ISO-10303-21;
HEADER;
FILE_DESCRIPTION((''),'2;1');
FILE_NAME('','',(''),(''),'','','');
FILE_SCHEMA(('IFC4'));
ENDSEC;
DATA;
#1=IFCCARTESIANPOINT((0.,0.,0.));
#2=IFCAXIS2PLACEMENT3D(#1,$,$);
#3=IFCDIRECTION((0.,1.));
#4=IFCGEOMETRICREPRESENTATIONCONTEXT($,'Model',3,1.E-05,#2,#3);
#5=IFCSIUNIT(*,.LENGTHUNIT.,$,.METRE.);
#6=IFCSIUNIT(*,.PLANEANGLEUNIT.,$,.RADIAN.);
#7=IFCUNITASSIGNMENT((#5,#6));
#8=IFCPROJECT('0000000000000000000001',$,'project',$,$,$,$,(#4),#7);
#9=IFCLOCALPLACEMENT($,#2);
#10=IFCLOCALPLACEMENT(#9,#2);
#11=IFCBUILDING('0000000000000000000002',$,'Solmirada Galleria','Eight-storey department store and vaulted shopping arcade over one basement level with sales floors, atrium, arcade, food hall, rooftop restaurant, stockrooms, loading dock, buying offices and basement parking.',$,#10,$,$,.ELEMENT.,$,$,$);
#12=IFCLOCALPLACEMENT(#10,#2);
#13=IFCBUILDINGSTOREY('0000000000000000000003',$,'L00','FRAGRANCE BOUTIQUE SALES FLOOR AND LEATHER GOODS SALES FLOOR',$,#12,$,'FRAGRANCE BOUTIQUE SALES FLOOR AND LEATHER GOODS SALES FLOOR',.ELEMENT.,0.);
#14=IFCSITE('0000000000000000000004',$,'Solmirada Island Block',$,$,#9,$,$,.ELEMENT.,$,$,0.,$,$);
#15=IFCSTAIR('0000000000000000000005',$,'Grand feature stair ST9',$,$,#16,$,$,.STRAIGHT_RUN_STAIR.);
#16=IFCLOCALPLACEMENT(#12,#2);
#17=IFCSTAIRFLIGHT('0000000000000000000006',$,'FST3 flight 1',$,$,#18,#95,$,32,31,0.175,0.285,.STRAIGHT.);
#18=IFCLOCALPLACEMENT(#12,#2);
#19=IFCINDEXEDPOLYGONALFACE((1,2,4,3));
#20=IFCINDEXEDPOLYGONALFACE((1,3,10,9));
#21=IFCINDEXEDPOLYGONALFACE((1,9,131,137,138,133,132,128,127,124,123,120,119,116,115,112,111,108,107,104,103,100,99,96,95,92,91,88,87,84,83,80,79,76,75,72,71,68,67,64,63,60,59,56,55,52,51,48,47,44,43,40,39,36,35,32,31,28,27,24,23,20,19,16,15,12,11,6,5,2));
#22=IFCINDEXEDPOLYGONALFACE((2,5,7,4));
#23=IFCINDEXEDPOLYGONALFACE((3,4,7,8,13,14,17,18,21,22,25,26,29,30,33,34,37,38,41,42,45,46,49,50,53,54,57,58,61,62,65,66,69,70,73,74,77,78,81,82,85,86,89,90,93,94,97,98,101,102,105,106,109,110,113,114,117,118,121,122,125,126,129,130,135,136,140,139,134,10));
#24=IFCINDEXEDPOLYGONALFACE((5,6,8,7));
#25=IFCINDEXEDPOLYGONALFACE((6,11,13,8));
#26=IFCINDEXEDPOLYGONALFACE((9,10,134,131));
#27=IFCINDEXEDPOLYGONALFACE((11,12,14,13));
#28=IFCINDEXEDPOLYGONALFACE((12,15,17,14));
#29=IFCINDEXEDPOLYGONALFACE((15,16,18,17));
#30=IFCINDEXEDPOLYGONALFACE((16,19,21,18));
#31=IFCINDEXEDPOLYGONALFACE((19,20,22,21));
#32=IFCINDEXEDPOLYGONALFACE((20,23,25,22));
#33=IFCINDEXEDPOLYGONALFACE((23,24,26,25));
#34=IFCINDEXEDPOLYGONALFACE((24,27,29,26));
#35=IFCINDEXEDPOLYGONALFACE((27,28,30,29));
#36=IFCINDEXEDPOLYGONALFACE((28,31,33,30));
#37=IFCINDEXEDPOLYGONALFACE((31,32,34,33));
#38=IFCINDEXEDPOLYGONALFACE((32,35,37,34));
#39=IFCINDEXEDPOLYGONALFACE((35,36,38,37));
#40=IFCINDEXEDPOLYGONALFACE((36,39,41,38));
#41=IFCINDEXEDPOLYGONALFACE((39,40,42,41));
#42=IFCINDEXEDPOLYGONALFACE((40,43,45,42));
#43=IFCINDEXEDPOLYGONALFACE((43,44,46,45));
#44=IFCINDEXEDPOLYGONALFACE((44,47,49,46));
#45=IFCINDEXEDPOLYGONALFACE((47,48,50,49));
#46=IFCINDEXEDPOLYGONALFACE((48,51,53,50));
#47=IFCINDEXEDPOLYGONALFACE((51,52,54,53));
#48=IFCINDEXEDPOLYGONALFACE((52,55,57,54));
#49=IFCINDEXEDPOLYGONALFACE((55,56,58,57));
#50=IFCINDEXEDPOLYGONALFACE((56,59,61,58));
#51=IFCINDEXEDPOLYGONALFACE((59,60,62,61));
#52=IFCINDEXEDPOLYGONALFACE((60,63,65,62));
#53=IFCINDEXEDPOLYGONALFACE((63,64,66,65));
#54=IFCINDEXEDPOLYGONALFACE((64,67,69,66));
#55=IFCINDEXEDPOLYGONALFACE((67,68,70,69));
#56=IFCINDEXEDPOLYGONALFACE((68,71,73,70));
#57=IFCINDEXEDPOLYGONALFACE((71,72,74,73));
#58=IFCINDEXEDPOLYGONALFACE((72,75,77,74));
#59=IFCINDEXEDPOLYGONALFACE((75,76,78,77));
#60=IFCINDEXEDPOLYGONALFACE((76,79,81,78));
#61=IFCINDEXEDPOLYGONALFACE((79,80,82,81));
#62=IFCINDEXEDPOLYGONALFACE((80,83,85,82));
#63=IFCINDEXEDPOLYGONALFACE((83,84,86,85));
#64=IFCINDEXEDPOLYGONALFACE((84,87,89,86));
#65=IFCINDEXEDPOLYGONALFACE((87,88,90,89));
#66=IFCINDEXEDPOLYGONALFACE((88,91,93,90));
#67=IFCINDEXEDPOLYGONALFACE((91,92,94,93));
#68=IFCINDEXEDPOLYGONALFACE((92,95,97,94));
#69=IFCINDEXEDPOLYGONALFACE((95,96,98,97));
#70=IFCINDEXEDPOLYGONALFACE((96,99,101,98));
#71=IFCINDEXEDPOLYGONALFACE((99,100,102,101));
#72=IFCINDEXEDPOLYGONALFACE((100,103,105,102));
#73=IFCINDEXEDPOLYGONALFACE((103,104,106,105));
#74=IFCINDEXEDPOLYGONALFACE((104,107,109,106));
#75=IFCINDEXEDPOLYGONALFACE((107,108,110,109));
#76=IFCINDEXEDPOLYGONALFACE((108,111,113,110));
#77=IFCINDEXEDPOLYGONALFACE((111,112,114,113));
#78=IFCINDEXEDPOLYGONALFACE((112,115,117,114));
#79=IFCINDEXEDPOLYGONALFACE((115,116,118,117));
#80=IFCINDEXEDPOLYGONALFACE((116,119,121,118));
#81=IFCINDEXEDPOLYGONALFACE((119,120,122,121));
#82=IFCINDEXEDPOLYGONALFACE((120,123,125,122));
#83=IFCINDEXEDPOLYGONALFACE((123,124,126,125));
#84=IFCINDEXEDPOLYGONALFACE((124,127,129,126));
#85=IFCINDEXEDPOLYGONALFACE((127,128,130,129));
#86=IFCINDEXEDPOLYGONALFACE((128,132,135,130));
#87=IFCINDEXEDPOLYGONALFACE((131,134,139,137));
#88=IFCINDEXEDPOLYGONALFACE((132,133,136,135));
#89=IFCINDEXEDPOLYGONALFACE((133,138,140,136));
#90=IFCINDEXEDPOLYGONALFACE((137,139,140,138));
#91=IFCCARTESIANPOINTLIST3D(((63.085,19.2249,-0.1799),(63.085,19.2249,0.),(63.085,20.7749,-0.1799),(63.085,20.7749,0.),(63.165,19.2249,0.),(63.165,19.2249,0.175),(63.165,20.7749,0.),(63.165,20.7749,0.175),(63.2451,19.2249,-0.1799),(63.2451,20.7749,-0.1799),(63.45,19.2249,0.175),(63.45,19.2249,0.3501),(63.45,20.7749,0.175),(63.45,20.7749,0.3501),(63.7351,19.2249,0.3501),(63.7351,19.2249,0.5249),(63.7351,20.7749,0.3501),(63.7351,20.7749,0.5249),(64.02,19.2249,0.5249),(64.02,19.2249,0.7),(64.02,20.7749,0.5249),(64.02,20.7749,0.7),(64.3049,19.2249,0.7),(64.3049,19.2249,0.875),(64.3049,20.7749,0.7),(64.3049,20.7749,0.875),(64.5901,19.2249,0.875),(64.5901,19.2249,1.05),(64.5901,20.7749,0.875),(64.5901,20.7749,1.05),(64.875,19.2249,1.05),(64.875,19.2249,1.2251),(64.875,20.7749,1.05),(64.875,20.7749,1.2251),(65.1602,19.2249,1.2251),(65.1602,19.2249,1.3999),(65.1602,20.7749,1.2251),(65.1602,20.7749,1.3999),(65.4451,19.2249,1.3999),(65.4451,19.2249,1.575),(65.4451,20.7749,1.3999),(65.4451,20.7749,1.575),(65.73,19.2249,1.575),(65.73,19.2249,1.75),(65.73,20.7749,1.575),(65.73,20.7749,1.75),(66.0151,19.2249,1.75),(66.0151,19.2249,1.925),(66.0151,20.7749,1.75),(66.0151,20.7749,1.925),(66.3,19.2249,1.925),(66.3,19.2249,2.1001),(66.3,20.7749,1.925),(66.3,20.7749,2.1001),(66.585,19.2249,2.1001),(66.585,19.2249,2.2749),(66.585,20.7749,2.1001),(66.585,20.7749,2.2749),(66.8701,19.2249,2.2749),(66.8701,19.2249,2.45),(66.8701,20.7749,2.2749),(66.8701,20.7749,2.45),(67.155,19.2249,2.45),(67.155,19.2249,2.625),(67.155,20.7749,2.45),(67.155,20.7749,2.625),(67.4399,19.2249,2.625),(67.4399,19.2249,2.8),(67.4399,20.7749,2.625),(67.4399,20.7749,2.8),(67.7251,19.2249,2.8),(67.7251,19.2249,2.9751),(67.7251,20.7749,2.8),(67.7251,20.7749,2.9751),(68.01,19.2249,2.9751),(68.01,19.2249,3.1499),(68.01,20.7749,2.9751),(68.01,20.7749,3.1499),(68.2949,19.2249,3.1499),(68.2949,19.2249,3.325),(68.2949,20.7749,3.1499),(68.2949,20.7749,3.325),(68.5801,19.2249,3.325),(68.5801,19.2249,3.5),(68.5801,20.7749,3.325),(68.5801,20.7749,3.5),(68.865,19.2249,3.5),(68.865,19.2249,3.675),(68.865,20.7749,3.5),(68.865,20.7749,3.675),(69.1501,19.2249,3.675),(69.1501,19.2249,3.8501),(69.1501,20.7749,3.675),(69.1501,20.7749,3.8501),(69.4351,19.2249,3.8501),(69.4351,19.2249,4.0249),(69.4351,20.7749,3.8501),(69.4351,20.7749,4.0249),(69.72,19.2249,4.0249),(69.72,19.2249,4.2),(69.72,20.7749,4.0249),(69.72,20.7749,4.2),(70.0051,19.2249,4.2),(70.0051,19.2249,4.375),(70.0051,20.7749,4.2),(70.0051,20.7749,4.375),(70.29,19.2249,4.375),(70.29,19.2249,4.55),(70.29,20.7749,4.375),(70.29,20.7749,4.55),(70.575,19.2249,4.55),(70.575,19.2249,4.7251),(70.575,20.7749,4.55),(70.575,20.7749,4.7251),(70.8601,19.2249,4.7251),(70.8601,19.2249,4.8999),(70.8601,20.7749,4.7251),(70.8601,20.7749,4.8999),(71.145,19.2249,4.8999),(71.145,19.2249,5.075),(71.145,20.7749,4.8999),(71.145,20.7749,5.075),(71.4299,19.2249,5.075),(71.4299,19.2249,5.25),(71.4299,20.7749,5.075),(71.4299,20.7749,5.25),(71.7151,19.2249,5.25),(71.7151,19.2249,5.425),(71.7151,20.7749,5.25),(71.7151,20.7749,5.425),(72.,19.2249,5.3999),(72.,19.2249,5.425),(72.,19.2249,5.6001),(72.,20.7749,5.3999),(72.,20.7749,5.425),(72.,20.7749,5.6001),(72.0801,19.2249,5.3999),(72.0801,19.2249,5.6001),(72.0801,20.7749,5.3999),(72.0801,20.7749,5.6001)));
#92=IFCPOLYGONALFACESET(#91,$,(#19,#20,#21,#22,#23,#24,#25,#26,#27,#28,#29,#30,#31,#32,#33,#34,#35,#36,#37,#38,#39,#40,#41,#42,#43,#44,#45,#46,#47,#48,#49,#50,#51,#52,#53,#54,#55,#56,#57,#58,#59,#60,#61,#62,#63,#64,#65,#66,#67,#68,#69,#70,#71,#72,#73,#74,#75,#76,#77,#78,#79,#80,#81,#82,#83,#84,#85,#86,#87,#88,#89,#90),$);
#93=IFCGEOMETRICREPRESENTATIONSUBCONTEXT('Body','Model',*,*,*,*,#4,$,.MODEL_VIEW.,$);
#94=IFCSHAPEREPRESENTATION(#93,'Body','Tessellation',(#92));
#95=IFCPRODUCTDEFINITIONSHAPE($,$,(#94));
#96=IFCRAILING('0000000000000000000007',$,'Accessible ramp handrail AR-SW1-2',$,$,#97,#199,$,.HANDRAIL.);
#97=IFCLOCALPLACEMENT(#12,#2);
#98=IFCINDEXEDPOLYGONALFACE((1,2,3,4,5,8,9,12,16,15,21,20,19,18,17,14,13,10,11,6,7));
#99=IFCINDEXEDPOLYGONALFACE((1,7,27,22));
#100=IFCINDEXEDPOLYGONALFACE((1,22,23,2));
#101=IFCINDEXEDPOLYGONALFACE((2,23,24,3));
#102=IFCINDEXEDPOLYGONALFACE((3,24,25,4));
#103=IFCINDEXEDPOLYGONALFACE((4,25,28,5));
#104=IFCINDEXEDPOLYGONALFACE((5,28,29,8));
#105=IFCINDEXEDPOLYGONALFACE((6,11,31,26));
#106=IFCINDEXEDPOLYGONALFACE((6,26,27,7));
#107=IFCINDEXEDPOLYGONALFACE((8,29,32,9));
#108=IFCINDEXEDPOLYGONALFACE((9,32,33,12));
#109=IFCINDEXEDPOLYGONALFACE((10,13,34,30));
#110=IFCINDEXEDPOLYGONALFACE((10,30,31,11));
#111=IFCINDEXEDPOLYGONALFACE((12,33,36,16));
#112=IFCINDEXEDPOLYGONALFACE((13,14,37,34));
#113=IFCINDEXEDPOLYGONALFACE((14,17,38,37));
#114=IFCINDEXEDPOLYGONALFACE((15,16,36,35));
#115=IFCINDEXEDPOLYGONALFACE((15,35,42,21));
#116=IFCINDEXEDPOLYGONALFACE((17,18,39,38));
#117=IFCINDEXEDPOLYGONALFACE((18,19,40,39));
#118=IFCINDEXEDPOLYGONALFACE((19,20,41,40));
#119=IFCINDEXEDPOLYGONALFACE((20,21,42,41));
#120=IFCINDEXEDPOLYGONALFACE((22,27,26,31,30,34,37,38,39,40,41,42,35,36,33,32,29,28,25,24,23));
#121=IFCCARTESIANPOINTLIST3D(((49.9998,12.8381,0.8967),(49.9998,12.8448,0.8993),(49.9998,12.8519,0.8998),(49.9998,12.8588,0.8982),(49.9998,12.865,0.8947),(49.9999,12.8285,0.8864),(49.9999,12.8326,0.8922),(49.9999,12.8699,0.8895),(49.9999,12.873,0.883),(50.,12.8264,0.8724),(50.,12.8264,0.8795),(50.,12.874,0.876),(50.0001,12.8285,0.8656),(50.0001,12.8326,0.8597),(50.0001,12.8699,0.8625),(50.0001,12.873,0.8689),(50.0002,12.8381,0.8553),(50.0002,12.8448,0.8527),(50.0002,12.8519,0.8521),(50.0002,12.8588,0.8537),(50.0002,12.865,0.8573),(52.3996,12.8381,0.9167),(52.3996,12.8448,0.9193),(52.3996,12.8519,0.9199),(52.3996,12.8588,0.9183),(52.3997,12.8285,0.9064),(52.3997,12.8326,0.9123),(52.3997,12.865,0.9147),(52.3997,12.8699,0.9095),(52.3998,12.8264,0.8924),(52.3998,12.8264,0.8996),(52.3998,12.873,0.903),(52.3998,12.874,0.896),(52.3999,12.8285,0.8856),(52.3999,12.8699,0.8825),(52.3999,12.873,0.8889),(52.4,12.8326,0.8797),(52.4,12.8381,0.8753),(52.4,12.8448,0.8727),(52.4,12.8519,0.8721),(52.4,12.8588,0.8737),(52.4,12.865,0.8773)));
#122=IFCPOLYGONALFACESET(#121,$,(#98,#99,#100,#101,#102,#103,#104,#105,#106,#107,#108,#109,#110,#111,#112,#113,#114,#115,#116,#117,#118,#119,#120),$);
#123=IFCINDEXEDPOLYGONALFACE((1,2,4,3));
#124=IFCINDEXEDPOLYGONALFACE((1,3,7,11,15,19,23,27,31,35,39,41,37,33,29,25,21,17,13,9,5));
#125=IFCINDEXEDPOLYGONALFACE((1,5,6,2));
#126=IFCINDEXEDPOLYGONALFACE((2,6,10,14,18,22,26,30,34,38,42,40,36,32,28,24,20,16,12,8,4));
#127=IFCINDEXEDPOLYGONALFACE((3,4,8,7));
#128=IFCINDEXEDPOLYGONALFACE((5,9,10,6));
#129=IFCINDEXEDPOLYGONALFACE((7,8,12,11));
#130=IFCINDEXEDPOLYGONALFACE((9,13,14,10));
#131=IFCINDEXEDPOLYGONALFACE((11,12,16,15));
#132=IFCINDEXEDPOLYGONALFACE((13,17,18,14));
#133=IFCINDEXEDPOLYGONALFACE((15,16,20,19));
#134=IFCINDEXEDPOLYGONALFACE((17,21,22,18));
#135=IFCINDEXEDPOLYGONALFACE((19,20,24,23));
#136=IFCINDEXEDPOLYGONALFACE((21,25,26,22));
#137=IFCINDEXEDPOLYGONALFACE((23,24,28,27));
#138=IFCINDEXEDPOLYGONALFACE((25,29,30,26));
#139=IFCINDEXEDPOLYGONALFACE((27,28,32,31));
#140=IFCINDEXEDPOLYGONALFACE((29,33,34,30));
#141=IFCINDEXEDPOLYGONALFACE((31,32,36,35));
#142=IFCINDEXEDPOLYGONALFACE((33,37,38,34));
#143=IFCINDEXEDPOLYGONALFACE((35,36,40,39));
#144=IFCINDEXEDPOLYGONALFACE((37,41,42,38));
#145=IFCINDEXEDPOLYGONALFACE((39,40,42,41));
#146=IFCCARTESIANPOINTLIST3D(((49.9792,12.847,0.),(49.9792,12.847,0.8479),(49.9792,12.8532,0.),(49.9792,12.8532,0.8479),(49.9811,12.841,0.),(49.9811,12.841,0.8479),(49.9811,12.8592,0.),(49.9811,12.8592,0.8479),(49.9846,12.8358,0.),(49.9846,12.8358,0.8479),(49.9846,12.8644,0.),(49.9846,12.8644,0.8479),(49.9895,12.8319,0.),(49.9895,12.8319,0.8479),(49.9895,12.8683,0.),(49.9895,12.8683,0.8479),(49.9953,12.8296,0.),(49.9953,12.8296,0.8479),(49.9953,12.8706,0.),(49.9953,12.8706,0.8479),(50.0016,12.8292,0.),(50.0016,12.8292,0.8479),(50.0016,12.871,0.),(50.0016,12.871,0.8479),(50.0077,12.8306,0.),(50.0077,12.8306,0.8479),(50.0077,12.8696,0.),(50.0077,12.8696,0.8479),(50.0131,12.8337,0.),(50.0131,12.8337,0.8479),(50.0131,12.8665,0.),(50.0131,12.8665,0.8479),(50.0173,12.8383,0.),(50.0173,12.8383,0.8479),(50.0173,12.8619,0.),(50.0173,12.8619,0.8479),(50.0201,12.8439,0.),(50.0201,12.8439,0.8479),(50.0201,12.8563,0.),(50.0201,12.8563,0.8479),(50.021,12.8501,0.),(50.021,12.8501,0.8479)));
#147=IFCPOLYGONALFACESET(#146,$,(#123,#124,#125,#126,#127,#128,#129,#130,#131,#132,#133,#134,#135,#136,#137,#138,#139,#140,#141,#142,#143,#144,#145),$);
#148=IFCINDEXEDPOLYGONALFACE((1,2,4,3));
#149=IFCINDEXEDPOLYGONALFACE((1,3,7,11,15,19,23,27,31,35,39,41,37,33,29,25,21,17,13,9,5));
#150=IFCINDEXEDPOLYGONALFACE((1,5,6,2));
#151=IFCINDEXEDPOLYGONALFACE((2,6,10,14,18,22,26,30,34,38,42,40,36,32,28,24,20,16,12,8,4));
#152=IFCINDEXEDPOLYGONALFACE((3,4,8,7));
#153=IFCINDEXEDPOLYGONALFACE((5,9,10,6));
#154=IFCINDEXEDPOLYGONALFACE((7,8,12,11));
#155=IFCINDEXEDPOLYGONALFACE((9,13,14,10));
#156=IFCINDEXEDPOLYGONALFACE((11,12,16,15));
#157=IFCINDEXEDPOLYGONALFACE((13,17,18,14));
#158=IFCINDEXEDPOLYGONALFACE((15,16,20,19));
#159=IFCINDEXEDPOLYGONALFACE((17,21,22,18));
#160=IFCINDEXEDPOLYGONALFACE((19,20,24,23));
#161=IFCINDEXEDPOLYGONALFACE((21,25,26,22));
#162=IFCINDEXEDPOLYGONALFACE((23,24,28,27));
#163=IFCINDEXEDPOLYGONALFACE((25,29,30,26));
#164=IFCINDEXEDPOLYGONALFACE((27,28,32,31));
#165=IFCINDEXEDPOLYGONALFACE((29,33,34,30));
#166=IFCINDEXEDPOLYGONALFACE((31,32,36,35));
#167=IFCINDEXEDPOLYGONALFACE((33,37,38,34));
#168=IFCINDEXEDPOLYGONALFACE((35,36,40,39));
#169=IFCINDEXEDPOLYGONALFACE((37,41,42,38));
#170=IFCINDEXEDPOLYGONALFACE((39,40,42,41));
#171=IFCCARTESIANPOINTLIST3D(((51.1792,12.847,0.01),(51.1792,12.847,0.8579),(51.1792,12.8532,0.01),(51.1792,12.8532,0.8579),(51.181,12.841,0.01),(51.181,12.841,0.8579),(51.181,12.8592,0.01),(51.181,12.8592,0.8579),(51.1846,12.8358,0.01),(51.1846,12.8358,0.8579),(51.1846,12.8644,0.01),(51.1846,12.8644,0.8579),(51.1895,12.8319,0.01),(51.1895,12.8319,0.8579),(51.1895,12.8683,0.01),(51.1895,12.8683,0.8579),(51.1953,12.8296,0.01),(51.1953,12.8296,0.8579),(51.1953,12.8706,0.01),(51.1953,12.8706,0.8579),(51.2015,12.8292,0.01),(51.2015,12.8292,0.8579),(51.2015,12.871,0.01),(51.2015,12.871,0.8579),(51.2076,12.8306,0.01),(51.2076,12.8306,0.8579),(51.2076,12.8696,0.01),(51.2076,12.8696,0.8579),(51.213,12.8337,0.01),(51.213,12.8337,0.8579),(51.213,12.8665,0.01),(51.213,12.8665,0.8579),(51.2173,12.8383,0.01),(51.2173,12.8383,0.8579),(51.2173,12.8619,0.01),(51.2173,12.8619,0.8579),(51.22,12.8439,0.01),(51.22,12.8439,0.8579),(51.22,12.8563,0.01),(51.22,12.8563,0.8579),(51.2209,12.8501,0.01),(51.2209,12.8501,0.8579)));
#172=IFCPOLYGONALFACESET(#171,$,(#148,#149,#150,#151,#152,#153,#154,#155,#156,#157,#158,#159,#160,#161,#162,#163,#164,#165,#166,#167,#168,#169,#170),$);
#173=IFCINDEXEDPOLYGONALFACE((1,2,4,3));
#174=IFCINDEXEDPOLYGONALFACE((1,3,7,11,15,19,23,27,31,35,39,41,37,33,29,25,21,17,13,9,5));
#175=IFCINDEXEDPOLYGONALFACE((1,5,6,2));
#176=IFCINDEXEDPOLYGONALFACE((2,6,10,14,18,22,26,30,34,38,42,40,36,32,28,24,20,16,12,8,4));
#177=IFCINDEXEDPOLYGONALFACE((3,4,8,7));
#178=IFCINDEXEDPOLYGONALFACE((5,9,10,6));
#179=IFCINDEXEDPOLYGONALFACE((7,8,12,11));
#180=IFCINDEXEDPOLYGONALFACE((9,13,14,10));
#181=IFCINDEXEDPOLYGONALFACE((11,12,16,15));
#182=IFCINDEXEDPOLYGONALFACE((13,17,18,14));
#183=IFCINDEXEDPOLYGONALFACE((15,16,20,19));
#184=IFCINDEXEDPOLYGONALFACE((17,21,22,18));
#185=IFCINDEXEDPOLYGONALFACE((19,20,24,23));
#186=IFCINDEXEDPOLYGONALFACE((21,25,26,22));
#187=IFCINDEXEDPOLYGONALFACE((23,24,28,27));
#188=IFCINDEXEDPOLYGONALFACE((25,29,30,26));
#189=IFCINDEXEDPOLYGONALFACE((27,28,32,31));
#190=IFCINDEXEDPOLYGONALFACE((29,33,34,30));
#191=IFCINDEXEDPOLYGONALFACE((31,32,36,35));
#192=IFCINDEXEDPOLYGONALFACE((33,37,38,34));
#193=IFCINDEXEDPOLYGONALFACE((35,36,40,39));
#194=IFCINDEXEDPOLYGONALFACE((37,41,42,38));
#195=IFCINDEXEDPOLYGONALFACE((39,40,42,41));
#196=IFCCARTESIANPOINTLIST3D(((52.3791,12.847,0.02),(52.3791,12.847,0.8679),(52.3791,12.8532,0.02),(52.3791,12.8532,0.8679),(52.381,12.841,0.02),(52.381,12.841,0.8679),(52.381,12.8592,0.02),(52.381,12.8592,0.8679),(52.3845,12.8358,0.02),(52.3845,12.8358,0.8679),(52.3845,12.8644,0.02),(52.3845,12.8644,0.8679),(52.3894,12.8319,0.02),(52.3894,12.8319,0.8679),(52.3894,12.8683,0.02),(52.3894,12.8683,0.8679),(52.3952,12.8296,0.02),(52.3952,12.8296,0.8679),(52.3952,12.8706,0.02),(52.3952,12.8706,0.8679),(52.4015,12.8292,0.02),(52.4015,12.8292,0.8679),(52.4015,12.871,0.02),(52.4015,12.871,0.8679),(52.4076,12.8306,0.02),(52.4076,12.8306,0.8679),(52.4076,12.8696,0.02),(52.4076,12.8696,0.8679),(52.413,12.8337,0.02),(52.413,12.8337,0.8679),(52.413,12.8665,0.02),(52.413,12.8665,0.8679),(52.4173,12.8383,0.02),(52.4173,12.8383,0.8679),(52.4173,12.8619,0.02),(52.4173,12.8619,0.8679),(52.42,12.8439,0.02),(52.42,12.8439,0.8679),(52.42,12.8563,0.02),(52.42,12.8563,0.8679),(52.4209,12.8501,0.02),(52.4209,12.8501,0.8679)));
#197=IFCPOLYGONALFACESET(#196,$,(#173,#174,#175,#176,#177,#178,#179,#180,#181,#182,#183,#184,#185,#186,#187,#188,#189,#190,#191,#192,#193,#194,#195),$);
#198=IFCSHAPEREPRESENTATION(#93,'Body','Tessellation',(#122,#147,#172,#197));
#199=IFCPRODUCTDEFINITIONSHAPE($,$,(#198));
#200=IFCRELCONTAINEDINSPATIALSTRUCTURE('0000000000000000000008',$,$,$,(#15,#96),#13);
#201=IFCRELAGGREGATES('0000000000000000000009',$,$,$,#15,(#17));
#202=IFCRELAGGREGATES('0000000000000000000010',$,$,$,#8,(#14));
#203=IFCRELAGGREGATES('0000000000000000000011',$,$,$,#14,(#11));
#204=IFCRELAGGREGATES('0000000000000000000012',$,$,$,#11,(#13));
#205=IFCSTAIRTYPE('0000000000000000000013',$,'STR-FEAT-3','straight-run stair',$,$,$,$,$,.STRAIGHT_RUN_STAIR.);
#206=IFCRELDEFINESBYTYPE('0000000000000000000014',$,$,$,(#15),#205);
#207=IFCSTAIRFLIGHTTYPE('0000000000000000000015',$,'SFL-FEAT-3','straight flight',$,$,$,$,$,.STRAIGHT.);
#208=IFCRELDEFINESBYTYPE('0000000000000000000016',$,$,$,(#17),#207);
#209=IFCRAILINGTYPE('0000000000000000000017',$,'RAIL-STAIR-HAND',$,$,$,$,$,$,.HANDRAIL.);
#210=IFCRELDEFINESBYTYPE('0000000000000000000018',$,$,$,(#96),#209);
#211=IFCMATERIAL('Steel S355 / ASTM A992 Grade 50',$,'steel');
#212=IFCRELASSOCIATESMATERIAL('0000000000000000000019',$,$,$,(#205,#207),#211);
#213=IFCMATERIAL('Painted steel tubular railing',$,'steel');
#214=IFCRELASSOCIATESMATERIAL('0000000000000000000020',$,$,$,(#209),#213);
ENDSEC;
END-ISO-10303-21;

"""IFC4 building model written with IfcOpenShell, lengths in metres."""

from ifc_helpers import new_model, si_unit, direction, frame, origin, origin_2d, place, context, subcontext, project, spatial, polyline, circle, outline, extrude, material, type_object, element, aggregate, save


model = new_model("IFC4")

# Units and contexts
model_context = context("Model", 3, precision=1e-05, world=origin(), true_north=direction((0.0, 1.0)))
body_context = subcontext(model_context, "Body", "Model", "MODEL_VIEW")
ifc_project = project(units=[si_unit("LENGTHUNIT", "METRE"), si_unit("PLANEANGLEUNIT", "RADIAN")], contexts=[model_context])

# Site, building, storey
site_placement = place(None, origin())
site = spatial("IfcSite", under=ifc_project, at=site_placement, Name="Solmirada Island Block", CompositionType="ELEMENT", RefElevation=0.0)
building_placement = place(site_placement, origin())
building = spatial("IfcBuilding", under=site, at=building_placement, Name="Solmirada Galleria", Description="Eight-storey department store and vaulted shopping arcade over one basement level with sales floors, atrium, arcade, food hall, rooftop restaurant, stockrooms, loading dock, buying offices and basement parking.", CompositionType="ELEMENT")
storey_placement = place(building_placement, origin())
storey = spatial("IfcBuildingStorey", under=building, at=storey_placement, Name="L00", Description="FRAGRANCE BOUTIQUE SALES FLOOR AND LEATHER GOODS SALES FLOOR", LongName="FRAGRANCE BOUTIQUE SALES FLOOR AND LEATHER GOODS SALES FLOOR", CompositionType="ELEMENT", Elevation=0.0)

# Shared definitions
ifc_material_1 = material(Name="Steel S355 / ASTM A992 Grade 50", Category="steel")

# Stair, stair flight
stair_type = type_object("IfcStairType", Name="STR-FEAT-3", Description="straight-run stair", PredefinedType="STRAIGHT_RUN_STAIR", material=ifc_material_1)
stair_placement = place(storey_placement, origin())
stair = element("IfcStair", 1, at=stair_placement, inside=storey, type_object=stair_type, Name="Grand feature stair ST9", PredefinedType="STRAIGHT_RUN_STAIR")
stair_flight_type = type_object("IfcStairFlightType", Name="SFL-FEAT-3", Description="straight flight", PredefinedType="STRAIGHT", material=ifc_material_1)
stair_flight_placement = place(storey_placement, frame((63.165, 20.0, 0.0), z_axis=(0.0, 0.0, 1.0), x_axis=(1.0, 0.0, 0.0)))
stair_flight = element("IfcStairFlight", 2, at=stair_flight_placement, type_object=stair_flight_type, Name="FST3 flight 1", NumberOfRisers=32, NumberOfTreads=31, PredefinedType="STRAIGHT", RiserHeight=0.175, TreadLength=0.285, context=body_context, shape_type="SweptSolid", body=[
    extrude(outline(polyline([(-0.0801, 0.0), (0.0, 0.0), (0.0, 0.175), (0.2849, 0.175), (0.2849, 0.3501), (0.5701, 0.3501), (0.5701, 0.5249), (0.855, 0.5249), (0.855, 0.7), (1.1399, 0.7), (1.1399, 0.875), (1.425, 0.875), (1.425, 1.05), (1.71, 1.05), (1.71, 1.2251), (1.9951, 1.2251), (1.9951, 1.3999), (2.28, 1.3999), (2.28, 1.575), (2.5649, 1.575), (2.5649, 1.75), (2.8501, 1.75), (2.8501, 1.925), (3.135, 1.925), (3.135, 2.1001), (3.4199, 2.1001), (3.4199, 2.2749), (3.7051, 2.2749), (3.7051, 2.45), (3.99, 2.45), (3.99, 2.625), (4.2749, 2.625), (4.2749, 2.8), (4.5601, 2.8), (4.5601, 2.9751), (4.845, 2.9751), (4.845, 3.1499), (5.1299, 3.1499), (5.1299, 3.325), (5.415, 3.325), (5.415, 3.5), (5.7, 3.5), (5.7, 3.675), (5.9851, 3.675), (5.9851, 3.8501), (6.27, 3.8501), (6.27, 4.0249), (6.5549, 4.0249), (6.5549, 4.2), (6.8401, 4.2), (6.8401, 4.375), (7.125, 4.375), (7.125, 4.55), (7.4099, 4.55), (7.4099, 4.7251), (7.6951, 4.7251), (7.6951, 4.8999), (7.98, 4.8999), (7.98, 5.075), (8.2649, 5.075), (8.2649, 5.25), (8.55, 5.25), (8.55, 5.425), (8.835, 5.425), (8.835, 5.6001), (8.915, 5.6001), (8.915, 5.3999), (8.835, 5.3999), (0.0801, -0.1799), (-0.0801, -0.1799), (-0.0801, 0.0)])), frame((0.0, 0.7749, 0.0), z_axis=(0.0, -1.0, 0.0), x_axis=(1.0, 0.0, 0.0)), (0.0, 0.0, 1.0), 1.55),
])
aggregate(stair, [stair_flight])

# Railing
ifc_material_2 = material(Name="Painted steel tubular railing", Category="steel")
railing_type_1 = type_object("IfcRailingType", Name="RAIL-STAIR-HAND", PredefinedType="HANDRAIL", material=ifc_material_2)
railing_placement = place(storey_placement, frame((50.0, 12.8501, 0.0)))
element("IfcRailing", 3, at=railing_placement, inside=storey, type_object=railing_type_1, Name="Accessible ramp handrail AR-SW1-2", PredefinedType="HANDRAIL", context=body_context, shape_type="SweptSolid", body=[
    extrude(circle(Radius=0.0239, at=origin_2d()), frame((0.0, 0.0, 0.876), z_axis=(0.999965, 0.0, 0.008342), x_axis=(0.0, 1.0, 0.0)), (0.0, 0.0, 1.0), 2.3999),
    extrude(circle(Radius=0.021, at=origin_2d()), origin(), (0.0, 0.0, 1.0), 0.8479),
    extrude(circle(Radius=0.021, at=origin_2d()), frame((1.2, 0.0, 0.01)), (0.0, 0.0, 1.0), 0.8479),
    extrude(circle(Radius=0.021, at=origin_2d()), frame((2.3999, 0.0, 0.02)), (0.0, 0.0, 1.0), 0.8479),
])

save(model, "model.ifc")
